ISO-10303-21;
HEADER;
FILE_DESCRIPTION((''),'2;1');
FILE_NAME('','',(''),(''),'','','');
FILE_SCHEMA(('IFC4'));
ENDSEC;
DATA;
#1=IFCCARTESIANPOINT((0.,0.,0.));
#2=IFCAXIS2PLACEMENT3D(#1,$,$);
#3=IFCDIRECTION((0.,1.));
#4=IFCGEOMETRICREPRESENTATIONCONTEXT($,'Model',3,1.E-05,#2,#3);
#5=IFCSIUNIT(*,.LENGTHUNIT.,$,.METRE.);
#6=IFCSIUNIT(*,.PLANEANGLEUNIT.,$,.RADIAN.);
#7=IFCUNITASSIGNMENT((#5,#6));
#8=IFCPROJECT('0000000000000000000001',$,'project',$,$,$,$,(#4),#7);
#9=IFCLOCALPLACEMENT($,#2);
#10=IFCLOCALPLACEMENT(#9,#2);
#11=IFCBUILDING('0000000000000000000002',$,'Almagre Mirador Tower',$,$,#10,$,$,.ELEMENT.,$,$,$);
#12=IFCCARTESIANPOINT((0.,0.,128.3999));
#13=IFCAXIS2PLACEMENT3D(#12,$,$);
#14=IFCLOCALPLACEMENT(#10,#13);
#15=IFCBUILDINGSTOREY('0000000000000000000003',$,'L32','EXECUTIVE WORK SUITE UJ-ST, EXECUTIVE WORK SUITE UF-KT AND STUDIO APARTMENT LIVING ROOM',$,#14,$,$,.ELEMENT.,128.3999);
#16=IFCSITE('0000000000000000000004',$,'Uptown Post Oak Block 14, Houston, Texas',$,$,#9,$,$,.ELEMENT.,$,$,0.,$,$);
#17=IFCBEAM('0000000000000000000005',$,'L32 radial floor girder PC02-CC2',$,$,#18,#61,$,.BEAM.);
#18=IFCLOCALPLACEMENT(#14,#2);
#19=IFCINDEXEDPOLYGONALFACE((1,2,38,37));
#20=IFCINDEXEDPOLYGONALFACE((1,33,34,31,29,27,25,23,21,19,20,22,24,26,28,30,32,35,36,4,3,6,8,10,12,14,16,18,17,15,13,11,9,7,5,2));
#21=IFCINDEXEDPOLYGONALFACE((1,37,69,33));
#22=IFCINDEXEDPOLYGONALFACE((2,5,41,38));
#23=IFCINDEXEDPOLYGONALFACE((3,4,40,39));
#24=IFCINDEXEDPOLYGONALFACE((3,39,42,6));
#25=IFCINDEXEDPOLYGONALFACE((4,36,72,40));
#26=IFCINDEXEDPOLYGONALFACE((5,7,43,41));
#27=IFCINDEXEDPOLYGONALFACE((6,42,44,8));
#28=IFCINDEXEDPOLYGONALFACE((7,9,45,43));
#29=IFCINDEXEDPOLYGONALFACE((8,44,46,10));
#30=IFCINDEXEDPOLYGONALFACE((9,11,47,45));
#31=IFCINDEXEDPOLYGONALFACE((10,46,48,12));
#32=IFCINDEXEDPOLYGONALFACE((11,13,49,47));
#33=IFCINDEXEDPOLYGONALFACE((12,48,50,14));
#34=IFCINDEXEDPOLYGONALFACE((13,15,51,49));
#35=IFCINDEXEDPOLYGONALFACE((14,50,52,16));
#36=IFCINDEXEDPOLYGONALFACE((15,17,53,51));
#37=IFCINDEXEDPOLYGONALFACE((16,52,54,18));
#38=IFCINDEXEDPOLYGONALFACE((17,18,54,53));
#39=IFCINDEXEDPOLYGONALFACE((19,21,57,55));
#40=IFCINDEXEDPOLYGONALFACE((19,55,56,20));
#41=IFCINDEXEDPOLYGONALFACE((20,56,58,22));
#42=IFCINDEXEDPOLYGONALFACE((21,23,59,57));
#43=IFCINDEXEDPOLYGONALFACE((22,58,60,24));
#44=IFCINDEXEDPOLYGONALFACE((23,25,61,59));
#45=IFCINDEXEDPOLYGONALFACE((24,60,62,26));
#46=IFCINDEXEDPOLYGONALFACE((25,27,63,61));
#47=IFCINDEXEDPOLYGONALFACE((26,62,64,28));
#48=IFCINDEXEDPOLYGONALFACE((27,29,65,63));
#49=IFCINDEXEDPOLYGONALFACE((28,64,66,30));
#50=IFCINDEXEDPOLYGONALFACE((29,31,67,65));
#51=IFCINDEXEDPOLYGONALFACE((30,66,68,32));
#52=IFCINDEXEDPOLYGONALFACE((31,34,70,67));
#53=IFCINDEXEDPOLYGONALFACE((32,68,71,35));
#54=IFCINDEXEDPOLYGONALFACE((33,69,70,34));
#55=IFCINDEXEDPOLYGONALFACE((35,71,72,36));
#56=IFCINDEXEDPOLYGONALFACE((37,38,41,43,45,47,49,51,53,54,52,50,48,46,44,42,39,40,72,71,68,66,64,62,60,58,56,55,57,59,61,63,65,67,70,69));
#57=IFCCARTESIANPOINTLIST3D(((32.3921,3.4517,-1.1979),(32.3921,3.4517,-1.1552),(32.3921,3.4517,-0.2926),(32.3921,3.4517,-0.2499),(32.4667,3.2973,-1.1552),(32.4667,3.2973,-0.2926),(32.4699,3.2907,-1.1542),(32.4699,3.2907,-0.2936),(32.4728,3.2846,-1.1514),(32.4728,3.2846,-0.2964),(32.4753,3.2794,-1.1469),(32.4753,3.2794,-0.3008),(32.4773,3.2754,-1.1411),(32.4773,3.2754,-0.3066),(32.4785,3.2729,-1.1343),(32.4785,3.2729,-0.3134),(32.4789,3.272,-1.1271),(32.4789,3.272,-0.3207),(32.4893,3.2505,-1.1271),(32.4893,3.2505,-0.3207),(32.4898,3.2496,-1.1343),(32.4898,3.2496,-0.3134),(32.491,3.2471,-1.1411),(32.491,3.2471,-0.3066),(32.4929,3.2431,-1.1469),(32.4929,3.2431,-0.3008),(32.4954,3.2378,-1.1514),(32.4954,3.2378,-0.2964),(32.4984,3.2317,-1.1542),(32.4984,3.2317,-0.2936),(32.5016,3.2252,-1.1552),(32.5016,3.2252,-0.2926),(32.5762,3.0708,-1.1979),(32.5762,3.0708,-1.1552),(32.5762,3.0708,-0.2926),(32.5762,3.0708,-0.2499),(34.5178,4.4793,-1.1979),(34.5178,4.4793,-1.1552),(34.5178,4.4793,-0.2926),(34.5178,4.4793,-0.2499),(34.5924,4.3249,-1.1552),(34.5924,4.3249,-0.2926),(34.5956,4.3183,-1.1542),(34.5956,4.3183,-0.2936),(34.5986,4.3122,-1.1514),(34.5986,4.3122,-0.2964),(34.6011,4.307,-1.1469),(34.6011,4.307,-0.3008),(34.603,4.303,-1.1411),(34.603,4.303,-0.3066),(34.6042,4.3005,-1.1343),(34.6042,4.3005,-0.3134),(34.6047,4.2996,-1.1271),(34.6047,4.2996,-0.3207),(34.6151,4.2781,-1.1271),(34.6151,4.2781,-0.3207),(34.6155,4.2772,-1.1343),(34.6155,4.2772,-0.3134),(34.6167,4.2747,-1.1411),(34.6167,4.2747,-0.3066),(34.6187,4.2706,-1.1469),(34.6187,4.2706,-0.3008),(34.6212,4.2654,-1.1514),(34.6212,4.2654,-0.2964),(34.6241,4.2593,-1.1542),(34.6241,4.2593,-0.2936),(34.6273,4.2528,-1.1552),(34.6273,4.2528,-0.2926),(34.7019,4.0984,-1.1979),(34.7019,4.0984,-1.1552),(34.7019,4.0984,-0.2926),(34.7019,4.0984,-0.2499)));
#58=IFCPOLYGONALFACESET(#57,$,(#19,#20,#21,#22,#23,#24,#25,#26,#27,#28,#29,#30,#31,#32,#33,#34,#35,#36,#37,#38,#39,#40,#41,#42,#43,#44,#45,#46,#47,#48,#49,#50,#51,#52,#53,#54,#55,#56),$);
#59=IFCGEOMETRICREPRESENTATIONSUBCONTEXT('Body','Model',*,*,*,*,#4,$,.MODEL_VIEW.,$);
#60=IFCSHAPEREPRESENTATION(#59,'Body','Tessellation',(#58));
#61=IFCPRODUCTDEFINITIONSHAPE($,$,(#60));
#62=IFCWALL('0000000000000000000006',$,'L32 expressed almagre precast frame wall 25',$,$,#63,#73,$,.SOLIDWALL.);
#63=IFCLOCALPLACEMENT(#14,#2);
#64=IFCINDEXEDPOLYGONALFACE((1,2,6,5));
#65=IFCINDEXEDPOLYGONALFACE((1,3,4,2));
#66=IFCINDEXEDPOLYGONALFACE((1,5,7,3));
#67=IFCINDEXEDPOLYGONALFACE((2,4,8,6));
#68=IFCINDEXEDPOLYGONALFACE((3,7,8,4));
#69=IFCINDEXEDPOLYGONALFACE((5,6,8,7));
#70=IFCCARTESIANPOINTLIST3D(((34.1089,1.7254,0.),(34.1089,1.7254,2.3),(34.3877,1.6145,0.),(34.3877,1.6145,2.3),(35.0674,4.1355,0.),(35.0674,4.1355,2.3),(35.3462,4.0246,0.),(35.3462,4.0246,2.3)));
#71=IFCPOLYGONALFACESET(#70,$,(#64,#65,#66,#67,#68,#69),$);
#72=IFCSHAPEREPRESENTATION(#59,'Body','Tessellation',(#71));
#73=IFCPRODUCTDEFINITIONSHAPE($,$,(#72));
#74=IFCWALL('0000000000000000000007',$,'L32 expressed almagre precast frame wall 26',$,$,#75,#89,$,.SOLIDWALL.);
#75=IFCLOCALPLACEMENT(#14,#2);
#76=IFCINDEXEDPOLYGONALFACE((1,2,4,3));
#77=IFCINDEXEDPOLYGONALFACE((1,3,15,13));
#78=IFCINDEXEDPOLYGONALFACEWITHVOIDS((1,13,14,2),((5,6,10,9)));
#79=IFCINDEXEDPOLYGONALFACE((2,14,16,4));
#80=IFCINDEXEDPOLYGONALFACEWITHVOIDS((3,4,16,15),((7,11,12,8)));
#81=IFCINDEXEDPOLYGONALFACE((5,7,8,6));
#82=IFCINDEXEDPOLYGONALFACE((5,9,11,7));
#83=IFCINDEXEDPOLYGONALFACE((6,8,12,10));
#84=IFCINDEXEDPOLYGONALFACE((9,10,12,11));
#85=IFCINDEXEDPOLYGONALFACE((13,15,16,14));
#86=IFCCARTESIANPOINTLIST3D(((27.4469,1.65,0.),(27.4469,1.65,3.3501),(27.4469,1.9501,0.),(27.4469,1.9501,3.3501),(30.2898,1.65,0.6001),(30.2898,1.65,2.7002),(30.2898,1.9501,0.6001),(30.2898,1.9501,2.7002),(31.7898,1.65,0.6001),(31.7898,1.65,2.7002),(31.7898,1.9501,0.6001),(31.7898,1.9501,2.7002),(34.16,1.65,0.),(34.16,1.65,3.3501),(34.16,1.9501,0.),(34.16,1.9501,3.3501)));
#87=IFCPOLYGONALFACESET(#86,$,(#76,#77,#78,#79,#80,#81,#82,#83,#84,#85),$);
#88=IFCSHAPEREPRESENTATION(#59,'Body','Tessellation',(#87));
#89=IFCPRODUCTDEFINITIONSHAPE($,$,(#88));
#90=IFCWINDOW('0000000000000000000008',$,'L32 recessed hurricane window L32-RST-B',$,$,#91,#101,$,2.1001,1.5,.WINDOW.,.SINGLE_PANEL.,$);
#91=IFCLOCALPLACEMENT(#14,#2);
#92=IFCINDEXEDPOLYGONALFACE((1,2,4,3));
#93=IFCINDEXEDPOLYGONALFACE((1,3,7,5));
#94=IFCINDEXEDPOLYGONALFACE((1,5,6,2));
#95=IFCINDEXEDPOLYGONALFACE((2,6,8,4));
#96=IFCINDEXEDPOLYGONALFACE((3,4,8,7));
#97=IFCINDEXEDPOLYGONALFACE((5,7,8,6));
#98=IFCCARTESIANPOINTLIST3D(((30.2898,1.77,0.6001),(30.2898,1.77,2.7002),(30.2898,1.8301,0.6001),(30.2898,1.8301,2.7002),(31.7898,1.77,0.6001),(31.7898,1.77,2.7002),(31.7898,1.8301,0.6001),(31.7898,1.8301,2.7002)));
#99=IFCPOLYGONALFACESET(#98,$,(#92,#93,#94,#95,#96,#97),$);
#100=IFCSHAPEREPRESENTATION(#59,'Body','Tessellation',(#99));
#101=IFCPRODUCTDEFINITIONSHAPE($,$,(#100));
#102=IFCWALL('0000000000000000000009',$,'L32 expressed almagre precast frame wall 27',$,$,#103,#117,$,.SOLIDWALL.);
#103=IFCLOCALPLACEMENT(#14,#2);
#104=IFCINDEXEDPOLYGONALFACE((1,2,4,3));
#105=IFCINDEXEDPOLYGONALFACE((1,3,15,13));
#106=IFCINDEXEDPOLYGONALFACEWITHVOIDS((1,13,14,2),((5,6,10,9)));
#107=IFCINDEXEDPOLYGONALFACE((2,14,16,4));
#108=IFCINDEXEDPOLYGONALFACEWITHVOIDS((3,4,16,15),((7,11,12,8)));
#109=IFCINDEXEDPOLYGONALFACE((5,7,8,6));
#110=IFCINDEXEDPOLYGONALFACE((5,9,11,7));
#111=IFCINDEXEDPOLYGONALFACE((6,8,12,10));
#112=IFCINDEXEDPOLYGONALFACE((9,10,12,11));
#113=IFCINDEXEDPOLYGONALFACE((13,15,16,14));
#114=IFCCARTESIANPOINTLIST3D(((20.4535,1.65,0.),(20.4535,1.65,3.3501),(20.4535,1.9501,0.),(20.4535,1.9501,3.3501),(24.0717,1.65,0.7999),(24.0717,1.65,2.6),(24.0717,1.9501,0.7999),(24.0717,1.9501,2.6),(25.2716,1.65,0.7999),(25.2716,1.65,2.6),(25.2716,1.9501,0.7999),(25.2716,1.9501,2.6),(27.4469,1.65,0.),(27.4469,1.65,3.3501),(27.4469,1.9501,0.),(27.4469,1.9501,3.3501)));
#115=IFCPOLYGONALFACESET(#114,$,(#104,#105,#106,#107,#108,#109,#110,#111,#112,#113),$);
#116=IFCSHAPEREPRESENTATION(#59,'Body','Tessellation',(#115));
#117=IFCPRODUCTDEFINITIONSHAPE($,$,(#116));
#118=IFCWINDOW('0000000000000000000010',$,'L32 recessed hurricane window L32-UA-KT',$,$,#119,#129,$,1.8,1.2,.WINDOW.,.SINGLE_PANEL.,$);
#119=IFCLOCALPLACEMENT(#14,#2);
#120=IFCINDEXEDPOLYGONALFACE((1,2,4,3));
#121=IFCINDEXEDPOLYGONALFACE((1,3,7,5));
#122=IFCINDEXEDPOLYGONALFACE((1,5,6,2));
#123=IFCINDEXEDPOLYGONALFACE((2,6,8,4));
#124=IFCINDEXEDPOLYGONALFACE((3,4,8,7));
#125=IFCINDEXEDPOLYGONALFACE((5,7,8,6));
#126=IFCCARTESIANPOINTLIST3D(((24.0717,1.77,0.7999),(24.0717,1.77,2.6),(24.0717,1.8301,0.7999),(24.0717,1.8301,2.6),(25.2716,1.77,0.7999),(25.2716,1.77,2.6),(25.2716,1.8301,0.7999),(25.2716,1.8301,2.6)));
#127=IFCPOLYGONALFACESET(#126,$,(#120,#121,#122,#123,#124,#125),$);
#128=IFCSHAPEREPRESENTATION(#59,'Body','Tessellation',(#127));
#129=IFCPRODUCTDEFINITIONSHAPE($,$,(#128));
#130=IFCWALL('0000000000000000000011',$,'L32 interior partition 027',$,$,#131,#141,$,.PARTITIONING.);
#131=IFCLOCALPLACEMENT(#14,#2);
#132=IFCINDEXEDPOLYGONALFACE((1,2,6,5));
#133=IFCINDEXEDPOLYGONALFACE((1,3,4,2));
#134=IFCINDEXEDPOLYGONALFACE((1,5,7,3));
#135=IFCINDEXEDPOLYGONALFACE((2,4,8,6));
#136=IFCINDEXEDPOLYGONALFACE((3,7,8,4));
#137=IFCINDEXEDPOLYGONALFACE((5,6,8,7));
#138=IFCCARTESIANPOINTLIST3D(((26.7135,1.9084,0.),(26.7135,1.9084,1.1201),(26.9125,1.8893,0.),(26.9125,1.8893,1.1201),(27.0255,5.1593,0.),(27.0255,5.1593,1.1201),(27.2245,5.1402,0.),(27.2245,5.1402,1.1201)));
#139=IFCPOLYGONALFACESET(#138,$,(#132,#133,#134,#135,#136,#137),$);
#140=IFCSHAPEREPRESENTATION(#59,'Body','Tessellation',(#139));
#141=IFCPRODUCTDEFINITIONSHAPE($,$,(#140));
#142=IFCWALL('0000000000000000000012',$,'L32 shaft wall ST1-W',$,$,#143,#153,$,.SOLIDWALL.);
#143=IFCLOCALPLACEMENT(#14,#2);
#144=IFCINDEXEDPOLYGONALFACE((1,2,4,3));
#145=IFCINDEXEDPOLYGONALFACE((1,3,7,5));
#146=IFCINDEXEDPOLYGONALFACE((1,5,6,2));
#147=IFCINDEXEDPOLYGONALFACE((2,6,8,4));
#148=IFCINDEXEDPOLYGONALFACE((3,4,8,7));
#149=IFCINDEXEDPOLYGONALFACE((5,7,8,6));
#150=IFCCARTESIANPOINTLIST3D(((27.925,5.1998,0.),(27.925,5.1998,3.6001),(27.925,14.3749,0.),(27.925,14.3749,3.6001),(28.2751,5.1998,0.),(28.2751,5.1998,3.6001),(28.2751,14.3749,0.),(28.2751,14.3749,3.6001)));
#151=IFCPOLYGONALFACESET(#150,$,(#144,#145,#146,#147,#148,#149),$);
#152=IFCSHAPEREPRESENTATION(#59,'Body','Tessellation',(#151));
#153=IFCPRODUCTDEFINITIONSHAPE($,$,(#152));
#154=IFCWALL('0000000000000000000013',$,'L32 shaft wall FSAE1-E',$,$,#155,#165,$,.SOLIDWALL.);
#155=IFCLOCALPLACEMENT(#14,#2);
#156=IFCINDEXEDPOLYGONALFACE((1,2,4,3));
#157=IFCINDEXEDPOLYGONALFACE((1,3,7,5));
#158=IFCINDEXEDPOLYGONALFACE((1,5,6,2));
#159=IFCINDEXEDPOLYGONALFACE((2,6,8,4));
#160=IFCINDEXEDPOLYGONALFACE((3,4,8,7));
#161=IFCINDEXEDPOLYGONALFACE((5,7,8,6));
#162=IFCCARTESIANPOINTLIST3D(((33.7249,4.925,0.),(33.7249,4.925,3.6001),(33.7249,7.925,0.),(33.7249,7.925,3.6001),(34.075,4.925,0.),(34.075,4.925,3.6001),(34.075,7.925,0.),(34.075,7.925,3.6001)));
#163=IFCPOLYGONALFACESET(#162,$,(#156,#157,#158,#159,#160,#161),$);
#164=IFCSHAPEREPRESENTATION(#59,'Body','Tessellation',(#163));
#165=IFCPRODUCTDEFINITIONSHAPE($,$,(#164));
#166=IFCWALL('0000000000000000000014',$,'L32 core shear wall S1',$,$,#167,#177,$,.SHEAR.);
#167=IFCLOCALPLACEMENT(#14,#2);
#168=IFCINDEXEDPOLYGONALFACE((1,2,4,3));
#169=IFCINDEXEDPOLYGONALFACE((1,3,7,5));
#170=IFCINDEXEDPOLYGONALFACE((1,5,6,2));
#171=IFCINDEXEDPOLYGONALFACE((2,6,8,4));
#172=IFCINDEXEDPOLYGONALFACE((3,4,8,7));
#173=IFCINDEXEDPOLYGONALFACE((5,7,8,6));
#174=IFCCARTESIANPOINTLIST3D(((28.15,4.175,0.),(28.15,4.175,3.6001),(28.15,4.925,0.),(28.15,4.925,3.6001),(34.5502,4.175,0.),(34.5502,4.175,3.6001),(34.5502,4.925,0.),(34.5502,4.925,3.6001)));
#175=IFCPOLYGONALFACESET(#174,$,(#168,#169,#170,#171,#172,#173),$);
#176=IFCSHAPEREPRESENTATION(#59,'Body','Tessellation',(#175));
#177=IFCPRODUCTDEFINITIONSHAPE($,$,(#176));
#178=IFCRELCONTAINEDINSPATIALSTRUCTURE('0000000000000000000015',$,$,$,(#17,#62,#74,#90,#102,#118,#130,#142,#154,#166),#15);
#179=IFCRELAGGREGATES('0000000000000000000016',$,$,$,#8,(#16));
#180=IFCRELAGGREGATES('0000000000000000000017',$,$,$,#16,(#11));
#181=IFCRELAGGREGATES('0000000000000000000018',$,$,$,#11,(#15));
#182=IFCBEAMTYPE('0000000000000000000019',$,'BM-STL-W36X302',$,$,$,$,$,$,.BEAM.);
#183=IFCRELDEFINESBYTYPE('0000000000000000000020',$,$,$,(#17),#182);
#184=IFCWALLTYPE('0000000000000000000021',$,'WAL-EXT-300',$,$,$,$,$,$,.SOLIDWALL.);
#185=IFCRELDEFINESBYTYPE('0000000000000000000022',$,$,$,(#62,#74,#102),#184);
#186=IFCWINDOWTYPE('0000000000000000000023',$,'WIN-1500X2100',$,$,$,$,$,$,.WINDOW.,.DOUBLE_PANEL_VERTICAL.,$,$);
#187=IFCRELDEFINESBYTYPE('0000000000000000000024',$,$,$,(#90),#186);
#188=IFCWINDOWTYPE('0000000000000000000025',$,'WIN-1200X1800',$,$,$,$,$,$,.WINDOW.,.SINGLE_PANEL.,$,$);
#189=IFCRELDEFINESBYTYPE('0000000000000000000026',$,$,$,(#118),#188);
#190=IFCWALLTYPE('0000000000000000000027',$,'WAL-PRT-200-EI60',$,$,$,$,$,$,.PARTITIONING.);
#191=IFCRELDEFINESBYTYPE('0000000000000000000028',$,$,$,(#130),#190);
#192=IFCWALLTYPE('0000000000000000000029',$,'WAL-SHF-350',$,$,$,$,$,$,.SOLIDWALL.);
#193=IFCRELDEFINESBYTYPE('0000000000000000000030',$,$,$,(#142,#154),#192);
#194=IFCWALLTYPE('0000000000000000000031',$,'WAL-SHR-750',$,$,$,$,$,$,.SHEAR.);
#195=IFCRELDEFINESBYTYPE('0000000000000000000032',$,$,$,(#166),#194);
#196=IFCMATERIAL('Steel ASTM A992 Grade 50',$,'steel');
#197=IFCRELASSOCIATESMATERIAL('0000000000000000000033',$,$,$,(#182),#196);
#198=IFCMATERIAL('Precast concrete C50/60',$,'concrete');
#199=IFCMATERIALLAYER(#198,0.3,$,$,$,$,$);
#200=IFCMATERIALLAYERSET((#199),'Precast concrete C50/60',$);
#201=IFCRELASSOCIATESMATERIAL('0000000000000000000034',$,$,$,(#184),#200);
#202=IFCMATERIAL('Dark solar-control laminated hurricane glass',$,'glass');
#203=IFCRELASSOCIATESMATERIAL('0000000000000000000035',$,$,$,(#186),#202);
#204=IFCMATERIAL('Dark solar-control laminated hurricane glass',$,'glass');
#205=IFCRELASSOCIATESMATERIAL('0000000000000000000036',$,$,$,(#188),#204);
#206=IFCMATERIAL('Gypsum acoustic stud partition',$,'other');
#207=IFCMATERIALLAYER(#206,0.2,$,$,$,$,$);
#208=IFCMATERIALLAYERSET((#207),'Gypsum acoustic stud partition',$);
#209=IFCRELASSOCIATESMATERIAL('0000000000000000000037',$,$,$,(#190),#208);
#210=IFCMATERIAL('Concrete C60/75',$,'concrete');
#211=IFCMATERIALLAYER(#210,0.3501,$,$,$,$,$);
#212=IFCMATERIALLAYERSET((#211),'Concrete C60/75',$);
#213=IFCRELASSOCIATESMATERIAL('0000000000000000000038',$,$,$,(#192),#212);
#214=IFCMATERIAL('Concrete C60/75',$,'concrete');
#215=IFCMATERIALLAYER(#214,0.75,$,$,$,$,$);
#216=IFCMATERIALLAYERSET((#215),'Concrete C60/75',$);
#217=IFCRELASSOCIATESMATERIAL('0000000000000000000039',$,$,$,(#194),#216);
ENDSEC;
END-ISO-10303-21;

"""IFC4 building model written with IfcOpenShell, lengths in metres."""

from ifc_helpers import new_model, si_unit, direction, frame, frame_2d, origin, origin_2d, place, context, subcontext, project, spatial, rectangle, i_section, extrude, material, layer, layer_set, material_profile, profile_set, type_object, element, fill, save


model = new_model("IFC4")

# Units and contexts
model_context = context("Model", 3, precision=1e-05, world=origin(), true_north=direction((0.0, 1.0)))
body_context = subcontext(model_context, "Body", "Model", "MODEL_VIEW")
ifc_project = project(units=[si_unit("LENGTHUNIT", "METRE"), si_unit("PLANEANGLEUNIT", "RADIAN")], contexts=[model_context])

# Site, building, storey
site_placement = place(None, origin())
site = spatial("IfcSite", under=ifc_project, at=site_placement, Name="Uptown Post Oak Block 14, Houston, Texas", CompositionType="ELEMENT", RefElevation=0.0)
building_placement = place(site_placement, origin())
building = spatial("IfcBuilding", under=site, at=building_placement, Name="Almagre Mirador Tower", CompositionType="ELEMENT")
storey_placement = place(building_placement, frame((0.0, 0.0, 128.3999)))
storey = spatial("IfcBuildingStorey", under=building, at=storey_placement, Name="L32", Description="EXECUTIVE WORK SUITE UJ-ST, EXECUTIVE WORK SUITE UF-KT AND STUDIO APARTMENT LIVING ROOM", CompositionType="ELEMENT", Elevation=128.3999)

# Beam
ifc_material_1 = material(Name="Steel ASTM A992 Grade 50", Category="steel")
ifc_material_profile_1 = material_profile(ifc_material_1, i_section(OverallWidth=0.4231, OverallDepth=0.948, WebThickness=0.0239, FlangeThickness=0.0427, FilletRadius=0.0281, at=origin_2d()), Name="W36X302")
ifc_profile_set_1 = profile_set([ifc_material_profile_1], Name="Steel ASTM A992 Grade 50")
beam_type_1 = type_object("IfcBeamType", Name="BM-STL-W36X302", PredefinedType="BEAM", material=ifc_profile_set_1)
beam_1_placement = place(storey_placement, frame((32.4841, 3.2612, -0.7239), z_axis=(0.900324, 0.43522, 0.0), x_axis=(-0.43522, 0.900324, 0.0)))
element("IfcBeam", 1, at=beam_1_placement, inside=storey, type_object=beam_type_1, Name="L32 radial floor girder PC02-CC2", PredefinedType="BEAM", context=body_context, shape_type="SweptSolid", body=[
    extrude(i_section(OverallWidth=0.4231, OverallDepth=0.948, WebThickness=0.0239, FlangeThickness=0.0427, FilletRadius=0.0281, at=origin_2d()), origin(), (0.0, 0.0, 1.0), 2.3611),
])

# Wall
ifc_material_2 = material(Name="Precast concrete C50/60", Category="concrete")
ifc_layer_1 = layer(ifc_material_2, 0.3)
ifc_layer_set_1 = layer_set([ifc_layer_1], Name="Precast concrete C50/60")
wall_type_1 = type_object("IfcWallType", Name="WAL-EXT-300", PredefinedType="SOLIDWALL", material=ifc_layer_set_1)
wall_1_placement = place(storey_placement, frame((35.2068, 4.0801, 0.0), z_axis=(0.0, 0.0, 1.0), x_axis=(-0.36954, -0.929215, 0.0)))
element("IfcWall", 2, at=wall_1_placement, inside=storey, type_object=wall_type_1, Name="L32 expressed almagre precast frame wall 25", PredefinedType="SOLIDWALL", context=body_context, shape_type="SweptSolid", body=[
    extrude(rectangle(XDim=2.5938, YDim=0.3, at=frame_2d((1.2969, 0.0))), origin(), (0.0, 0.0, 1.0), 2.3),
])

# Walls, openings, windows
wall_2_placement = place(storey_placement, frame((34.1599, 1.8, 0.0), z_axis=(0.0, 0.0, 1.0), x_axis=(-1.0, 0.0, 0.0)))
wall_2 = element("IfcWall", 3, at=wall_2_placement, inside=storey, type_object=wall_type_1, Name="L32 expressed almagre precast frame wall 26", PredefinedType="SOLIDWALL", context=body_context, shape_type="SweptSolid", body=[
    extrude(rectangle(XDim=6.7131, YDim=0.3, at=frame_2d((3.3564, 0.0))), origin(), (0.0, 0.0, 1.0), 3.3501),
])
opening_1_placement = place(wall_2_placement, frame((2.3701, 0.0, 0.6001)))
opening_1 = element("IfcOpeningElement", 4, at=opening_1_placement, cuts=wall_2, PredefinedType="OPENING", context=body_context, shape_type="SweptSolid", body=[
    extrude(rectangle(XDim=1.5, YDim=2.1001, at=frame_2d((0.75, 1.05))), frame((0.0, 0.1599, 0.0), z_axis=(0.0, -1.0, 0.0), x_axis=(1.0, 0.0, 0.0)), (0.0, 0.0, 1.0), 0.32),
])
ifc_material_3 = material(Name="Dark solar-control laminated hurricane glass", Category="glass")
window_type_1 = type_object("IfcWindowType", Name="WIN-1500X2100", PartitioningType="DOUBLE_PANEL_VERTICAL", PredefinedType="WINDOW", material=ifc_material_3)
window_1_placement = place(opening_1_placement, origin())
window_1 = element("IfcWindow", 5, at=window_1_placement, inside=storey, type_object=window_type_1, Name="L32 recessed hurricane window L32-RST-B", OverallHeight=2.1001, OverallWidth=1.5, PartitioningType="SINGLE_PANEL", PredefinedType="WINDOW", context=body_context, shape_type="SweptSolid", body=[
    extrude(rectangle(XDim=1.5, YDim=2.1001, at=frame_2d((0.75, 1.05))), frame((0.0, 0.03, 0.0), z_axis=(0.0, -1.0, 0.0), x_axis=(1.0, 0.0, 0.0)), (0.0, 0.0, 1.0), 0.0601),
])
fill(opening_1, window_1)
wall_3_placement = place(storey_placement, frame((27.4468, 1.8, 0.0), z_axis=(0.0, 0.0, 1.0), x_axis=(-1.0, 0.0, 0.0)))
wall_3 = element("IfcWall", 6, at=wall_3_placement, inside=storey, type_object=wall_type_1, Name="L32 expressed almagre precast frame wall 27", PredefinedType="SOLIDWALL", context=body_context, shape_type="SweptSolid", body=[
    extrude(rectangle(XDim=6.9934, YDim=0.3, at=frame_2d((3.4966, 0.0))), origin(), (0.0, 0.0, 1.0), 3.3501),
])
opening_2_placement = place(wall_3_placement, frame((2.175, 0.0, 0.8)))
opening_2 = element("IfcOpeningElement", 7, at=opening_2_placement, cuts=wall_3, PredefinedType="OPENING", context=body_context, shape_type="SweptSolid", body=[
    extrude(rectangle(XDim=1.2, YDim=1.8, at=frame_2d((0.6001, 0.8999))), frame((0.0, 0.1599, 0.0), z_axis=(0.0, -1.0, 0.0), x_axis=(1.0, 0.0, 0.0)), (0.0, 0.0, 1.0), 0.32),
])
ifc_material_4 = material(Name="Dark solar-control laminated hurricane glass", Category="glass")
window_type_2 = type_object("IfcWindowType", Name="WIN-1200X1800", PartitioningType="SINGLE_PANEL", PredefinedType="WINDOW", material=ifc_material_4)
window_2_placement = place(opening_2_placement, origin())
window_2 = element("IfcWindow", 8, at=window_2_placement, inside=storey, type_object=window_type_2, Name="L32 recessed hurricane window L32-UA-KT", OverallHeight=1.8, OverallWidth=1.2, PartitioningType="SINGLE_PANEL", PredefinedType="WINDOW", context=body_context, shape_type="SweptSolid", body=[
    extrude(rectangle(XDim=1.2, YDim=1.8, at=frame_2d((0.6001, 0.8999))), frame((0.0, 0.03, 0.0), z_axis=(0.0, -1.0, 0.0), x_axis=(1.0, 0.0, 0.0)), (0.0, 0.0, 1.0), 0.0601),
])
fill(opening_2, window_2)

# Walls
ifc_material_5 = material(Name="Gypsum acoustic stud partition", Category="other")
ifc_layer_2 = layer(ifc_material_5, 0.2)
ifc_layer_set_2 = layer_set([ifc_layer_2], Name="Gypsum acoustic stud partition")
wall_type_2 = type_object("IfcWallType", Name="WAL-PRT-200-EI60", PredefinedType="PARTITIONING", material=ifc_layer_set_2)
wall_4_placement = place(storey_placement, frame((26.813, 1.8989, 0.0), z_axis=(0.0, 0.0, 1.0), x_axis=(0.095536, 0.995426, 0.0)))
element("IfcWall", 9, at=wall_4_placement, inside=storey, type_object=wall_type_2, Name="L32 interior partition 027", PredefinedType="PARTITIONING", context=body_context, shape_type="SweptSolid", body=[
    extrude(rectangle(XDim=3.2659, YDim=0.2, at=frame_2d((1.6328, 0.0))), origin(), (0.0, 0.0, 1.0), 1.1201),
])
ifc_material_6 = material(Name="Concrete C60/75", Category="concrete")
ifc_layer_3 = layer(ifc_material_6, 0.3501)
ifc_layer_set_3 = layer_set([ifc_layer_3], Name="Concrete C60/75")
wall_type_3 = type_object("IfcWallType", Name="WAL-SHF-350", PredefinedType="SOLIDWALL", material=ifc_layer_set_3)
wall_5_placement = place(storey_placement, frame((28.1001, 5.2, 0.0), z_axis=(0.0, 0.0, 1.0), x_axis=(0.0, 1.0, 0.0)))
element("IfcWall", 10, at=wall_5_placement, inside=storey, type_object=wall_type_3, Name="L32 shaft wall ST1-W", PredefinedType="SOLIDWALL", context=body_context, shape_type="SweptSolid", body=[
    extrude(rectangle(XDim=9.175, YDim=0.3501, at=frame_2d((4.5874, 0.0))), origin(), (0.0, 0.0, 1.0), 3.6001),
])
wall_6_placement = place(storey_placement, frame((33.8999, 4.925, 0.0), z_axis=(0.0, 0.0, 1.0), x_axis=(0.0, 1.0, 0.0)))
element("IfcWall", 11, at=wall_6_placement, inside=storey, type_object=wall_type_3, Name="L32 shaft wall FSAE1-E", PredefinedType="SOLIDWALL", context=body_context, shape_type="SweptSolid", body=[
    extrude(rectangle(XDim=3.0, YDim=0.3501, at=frame_2d((1.5, 0.0))), origin(), (0.0, 0.0, 1.0), 3.6001),
])
ifc_material_7 = material(Name="Concrete C60/75", Category="concrete")
ifc_layer_4 = layer(ifc_material_7, 0.75)
ifc_layer_set_4 = layer_set([ifc_layer_4], Name="Concrete C60/75")
wall_type_4 = type_object("IfcWallType", Name="WAL-SHR-750", PredefinedType="SHEAR", material=ifc_layer_set_4)
wall_7_placement = place(storey_placement, frame((28.1499, 4.55, 0.0), z_axis=(0.0, 0.0, 1.0), x_axis=(1.0, 0.0, 0.0)))
element("IfcWall", 12, at=wall_7_placement, inside=storey, type_object=wall_type_4, Name="L32 core shear wall S1", PredefinedType="SHEAR", context=body_context, shape_type="SweptSolid", body=[
    extrude(rectangle(XDim=6.4001, YDim=0.75, at=frame_2d((3.2002, 0.0))), origin(), (0.0, 0.0, 1.0), 3.6001),
])

save(model, "model.ifc")
